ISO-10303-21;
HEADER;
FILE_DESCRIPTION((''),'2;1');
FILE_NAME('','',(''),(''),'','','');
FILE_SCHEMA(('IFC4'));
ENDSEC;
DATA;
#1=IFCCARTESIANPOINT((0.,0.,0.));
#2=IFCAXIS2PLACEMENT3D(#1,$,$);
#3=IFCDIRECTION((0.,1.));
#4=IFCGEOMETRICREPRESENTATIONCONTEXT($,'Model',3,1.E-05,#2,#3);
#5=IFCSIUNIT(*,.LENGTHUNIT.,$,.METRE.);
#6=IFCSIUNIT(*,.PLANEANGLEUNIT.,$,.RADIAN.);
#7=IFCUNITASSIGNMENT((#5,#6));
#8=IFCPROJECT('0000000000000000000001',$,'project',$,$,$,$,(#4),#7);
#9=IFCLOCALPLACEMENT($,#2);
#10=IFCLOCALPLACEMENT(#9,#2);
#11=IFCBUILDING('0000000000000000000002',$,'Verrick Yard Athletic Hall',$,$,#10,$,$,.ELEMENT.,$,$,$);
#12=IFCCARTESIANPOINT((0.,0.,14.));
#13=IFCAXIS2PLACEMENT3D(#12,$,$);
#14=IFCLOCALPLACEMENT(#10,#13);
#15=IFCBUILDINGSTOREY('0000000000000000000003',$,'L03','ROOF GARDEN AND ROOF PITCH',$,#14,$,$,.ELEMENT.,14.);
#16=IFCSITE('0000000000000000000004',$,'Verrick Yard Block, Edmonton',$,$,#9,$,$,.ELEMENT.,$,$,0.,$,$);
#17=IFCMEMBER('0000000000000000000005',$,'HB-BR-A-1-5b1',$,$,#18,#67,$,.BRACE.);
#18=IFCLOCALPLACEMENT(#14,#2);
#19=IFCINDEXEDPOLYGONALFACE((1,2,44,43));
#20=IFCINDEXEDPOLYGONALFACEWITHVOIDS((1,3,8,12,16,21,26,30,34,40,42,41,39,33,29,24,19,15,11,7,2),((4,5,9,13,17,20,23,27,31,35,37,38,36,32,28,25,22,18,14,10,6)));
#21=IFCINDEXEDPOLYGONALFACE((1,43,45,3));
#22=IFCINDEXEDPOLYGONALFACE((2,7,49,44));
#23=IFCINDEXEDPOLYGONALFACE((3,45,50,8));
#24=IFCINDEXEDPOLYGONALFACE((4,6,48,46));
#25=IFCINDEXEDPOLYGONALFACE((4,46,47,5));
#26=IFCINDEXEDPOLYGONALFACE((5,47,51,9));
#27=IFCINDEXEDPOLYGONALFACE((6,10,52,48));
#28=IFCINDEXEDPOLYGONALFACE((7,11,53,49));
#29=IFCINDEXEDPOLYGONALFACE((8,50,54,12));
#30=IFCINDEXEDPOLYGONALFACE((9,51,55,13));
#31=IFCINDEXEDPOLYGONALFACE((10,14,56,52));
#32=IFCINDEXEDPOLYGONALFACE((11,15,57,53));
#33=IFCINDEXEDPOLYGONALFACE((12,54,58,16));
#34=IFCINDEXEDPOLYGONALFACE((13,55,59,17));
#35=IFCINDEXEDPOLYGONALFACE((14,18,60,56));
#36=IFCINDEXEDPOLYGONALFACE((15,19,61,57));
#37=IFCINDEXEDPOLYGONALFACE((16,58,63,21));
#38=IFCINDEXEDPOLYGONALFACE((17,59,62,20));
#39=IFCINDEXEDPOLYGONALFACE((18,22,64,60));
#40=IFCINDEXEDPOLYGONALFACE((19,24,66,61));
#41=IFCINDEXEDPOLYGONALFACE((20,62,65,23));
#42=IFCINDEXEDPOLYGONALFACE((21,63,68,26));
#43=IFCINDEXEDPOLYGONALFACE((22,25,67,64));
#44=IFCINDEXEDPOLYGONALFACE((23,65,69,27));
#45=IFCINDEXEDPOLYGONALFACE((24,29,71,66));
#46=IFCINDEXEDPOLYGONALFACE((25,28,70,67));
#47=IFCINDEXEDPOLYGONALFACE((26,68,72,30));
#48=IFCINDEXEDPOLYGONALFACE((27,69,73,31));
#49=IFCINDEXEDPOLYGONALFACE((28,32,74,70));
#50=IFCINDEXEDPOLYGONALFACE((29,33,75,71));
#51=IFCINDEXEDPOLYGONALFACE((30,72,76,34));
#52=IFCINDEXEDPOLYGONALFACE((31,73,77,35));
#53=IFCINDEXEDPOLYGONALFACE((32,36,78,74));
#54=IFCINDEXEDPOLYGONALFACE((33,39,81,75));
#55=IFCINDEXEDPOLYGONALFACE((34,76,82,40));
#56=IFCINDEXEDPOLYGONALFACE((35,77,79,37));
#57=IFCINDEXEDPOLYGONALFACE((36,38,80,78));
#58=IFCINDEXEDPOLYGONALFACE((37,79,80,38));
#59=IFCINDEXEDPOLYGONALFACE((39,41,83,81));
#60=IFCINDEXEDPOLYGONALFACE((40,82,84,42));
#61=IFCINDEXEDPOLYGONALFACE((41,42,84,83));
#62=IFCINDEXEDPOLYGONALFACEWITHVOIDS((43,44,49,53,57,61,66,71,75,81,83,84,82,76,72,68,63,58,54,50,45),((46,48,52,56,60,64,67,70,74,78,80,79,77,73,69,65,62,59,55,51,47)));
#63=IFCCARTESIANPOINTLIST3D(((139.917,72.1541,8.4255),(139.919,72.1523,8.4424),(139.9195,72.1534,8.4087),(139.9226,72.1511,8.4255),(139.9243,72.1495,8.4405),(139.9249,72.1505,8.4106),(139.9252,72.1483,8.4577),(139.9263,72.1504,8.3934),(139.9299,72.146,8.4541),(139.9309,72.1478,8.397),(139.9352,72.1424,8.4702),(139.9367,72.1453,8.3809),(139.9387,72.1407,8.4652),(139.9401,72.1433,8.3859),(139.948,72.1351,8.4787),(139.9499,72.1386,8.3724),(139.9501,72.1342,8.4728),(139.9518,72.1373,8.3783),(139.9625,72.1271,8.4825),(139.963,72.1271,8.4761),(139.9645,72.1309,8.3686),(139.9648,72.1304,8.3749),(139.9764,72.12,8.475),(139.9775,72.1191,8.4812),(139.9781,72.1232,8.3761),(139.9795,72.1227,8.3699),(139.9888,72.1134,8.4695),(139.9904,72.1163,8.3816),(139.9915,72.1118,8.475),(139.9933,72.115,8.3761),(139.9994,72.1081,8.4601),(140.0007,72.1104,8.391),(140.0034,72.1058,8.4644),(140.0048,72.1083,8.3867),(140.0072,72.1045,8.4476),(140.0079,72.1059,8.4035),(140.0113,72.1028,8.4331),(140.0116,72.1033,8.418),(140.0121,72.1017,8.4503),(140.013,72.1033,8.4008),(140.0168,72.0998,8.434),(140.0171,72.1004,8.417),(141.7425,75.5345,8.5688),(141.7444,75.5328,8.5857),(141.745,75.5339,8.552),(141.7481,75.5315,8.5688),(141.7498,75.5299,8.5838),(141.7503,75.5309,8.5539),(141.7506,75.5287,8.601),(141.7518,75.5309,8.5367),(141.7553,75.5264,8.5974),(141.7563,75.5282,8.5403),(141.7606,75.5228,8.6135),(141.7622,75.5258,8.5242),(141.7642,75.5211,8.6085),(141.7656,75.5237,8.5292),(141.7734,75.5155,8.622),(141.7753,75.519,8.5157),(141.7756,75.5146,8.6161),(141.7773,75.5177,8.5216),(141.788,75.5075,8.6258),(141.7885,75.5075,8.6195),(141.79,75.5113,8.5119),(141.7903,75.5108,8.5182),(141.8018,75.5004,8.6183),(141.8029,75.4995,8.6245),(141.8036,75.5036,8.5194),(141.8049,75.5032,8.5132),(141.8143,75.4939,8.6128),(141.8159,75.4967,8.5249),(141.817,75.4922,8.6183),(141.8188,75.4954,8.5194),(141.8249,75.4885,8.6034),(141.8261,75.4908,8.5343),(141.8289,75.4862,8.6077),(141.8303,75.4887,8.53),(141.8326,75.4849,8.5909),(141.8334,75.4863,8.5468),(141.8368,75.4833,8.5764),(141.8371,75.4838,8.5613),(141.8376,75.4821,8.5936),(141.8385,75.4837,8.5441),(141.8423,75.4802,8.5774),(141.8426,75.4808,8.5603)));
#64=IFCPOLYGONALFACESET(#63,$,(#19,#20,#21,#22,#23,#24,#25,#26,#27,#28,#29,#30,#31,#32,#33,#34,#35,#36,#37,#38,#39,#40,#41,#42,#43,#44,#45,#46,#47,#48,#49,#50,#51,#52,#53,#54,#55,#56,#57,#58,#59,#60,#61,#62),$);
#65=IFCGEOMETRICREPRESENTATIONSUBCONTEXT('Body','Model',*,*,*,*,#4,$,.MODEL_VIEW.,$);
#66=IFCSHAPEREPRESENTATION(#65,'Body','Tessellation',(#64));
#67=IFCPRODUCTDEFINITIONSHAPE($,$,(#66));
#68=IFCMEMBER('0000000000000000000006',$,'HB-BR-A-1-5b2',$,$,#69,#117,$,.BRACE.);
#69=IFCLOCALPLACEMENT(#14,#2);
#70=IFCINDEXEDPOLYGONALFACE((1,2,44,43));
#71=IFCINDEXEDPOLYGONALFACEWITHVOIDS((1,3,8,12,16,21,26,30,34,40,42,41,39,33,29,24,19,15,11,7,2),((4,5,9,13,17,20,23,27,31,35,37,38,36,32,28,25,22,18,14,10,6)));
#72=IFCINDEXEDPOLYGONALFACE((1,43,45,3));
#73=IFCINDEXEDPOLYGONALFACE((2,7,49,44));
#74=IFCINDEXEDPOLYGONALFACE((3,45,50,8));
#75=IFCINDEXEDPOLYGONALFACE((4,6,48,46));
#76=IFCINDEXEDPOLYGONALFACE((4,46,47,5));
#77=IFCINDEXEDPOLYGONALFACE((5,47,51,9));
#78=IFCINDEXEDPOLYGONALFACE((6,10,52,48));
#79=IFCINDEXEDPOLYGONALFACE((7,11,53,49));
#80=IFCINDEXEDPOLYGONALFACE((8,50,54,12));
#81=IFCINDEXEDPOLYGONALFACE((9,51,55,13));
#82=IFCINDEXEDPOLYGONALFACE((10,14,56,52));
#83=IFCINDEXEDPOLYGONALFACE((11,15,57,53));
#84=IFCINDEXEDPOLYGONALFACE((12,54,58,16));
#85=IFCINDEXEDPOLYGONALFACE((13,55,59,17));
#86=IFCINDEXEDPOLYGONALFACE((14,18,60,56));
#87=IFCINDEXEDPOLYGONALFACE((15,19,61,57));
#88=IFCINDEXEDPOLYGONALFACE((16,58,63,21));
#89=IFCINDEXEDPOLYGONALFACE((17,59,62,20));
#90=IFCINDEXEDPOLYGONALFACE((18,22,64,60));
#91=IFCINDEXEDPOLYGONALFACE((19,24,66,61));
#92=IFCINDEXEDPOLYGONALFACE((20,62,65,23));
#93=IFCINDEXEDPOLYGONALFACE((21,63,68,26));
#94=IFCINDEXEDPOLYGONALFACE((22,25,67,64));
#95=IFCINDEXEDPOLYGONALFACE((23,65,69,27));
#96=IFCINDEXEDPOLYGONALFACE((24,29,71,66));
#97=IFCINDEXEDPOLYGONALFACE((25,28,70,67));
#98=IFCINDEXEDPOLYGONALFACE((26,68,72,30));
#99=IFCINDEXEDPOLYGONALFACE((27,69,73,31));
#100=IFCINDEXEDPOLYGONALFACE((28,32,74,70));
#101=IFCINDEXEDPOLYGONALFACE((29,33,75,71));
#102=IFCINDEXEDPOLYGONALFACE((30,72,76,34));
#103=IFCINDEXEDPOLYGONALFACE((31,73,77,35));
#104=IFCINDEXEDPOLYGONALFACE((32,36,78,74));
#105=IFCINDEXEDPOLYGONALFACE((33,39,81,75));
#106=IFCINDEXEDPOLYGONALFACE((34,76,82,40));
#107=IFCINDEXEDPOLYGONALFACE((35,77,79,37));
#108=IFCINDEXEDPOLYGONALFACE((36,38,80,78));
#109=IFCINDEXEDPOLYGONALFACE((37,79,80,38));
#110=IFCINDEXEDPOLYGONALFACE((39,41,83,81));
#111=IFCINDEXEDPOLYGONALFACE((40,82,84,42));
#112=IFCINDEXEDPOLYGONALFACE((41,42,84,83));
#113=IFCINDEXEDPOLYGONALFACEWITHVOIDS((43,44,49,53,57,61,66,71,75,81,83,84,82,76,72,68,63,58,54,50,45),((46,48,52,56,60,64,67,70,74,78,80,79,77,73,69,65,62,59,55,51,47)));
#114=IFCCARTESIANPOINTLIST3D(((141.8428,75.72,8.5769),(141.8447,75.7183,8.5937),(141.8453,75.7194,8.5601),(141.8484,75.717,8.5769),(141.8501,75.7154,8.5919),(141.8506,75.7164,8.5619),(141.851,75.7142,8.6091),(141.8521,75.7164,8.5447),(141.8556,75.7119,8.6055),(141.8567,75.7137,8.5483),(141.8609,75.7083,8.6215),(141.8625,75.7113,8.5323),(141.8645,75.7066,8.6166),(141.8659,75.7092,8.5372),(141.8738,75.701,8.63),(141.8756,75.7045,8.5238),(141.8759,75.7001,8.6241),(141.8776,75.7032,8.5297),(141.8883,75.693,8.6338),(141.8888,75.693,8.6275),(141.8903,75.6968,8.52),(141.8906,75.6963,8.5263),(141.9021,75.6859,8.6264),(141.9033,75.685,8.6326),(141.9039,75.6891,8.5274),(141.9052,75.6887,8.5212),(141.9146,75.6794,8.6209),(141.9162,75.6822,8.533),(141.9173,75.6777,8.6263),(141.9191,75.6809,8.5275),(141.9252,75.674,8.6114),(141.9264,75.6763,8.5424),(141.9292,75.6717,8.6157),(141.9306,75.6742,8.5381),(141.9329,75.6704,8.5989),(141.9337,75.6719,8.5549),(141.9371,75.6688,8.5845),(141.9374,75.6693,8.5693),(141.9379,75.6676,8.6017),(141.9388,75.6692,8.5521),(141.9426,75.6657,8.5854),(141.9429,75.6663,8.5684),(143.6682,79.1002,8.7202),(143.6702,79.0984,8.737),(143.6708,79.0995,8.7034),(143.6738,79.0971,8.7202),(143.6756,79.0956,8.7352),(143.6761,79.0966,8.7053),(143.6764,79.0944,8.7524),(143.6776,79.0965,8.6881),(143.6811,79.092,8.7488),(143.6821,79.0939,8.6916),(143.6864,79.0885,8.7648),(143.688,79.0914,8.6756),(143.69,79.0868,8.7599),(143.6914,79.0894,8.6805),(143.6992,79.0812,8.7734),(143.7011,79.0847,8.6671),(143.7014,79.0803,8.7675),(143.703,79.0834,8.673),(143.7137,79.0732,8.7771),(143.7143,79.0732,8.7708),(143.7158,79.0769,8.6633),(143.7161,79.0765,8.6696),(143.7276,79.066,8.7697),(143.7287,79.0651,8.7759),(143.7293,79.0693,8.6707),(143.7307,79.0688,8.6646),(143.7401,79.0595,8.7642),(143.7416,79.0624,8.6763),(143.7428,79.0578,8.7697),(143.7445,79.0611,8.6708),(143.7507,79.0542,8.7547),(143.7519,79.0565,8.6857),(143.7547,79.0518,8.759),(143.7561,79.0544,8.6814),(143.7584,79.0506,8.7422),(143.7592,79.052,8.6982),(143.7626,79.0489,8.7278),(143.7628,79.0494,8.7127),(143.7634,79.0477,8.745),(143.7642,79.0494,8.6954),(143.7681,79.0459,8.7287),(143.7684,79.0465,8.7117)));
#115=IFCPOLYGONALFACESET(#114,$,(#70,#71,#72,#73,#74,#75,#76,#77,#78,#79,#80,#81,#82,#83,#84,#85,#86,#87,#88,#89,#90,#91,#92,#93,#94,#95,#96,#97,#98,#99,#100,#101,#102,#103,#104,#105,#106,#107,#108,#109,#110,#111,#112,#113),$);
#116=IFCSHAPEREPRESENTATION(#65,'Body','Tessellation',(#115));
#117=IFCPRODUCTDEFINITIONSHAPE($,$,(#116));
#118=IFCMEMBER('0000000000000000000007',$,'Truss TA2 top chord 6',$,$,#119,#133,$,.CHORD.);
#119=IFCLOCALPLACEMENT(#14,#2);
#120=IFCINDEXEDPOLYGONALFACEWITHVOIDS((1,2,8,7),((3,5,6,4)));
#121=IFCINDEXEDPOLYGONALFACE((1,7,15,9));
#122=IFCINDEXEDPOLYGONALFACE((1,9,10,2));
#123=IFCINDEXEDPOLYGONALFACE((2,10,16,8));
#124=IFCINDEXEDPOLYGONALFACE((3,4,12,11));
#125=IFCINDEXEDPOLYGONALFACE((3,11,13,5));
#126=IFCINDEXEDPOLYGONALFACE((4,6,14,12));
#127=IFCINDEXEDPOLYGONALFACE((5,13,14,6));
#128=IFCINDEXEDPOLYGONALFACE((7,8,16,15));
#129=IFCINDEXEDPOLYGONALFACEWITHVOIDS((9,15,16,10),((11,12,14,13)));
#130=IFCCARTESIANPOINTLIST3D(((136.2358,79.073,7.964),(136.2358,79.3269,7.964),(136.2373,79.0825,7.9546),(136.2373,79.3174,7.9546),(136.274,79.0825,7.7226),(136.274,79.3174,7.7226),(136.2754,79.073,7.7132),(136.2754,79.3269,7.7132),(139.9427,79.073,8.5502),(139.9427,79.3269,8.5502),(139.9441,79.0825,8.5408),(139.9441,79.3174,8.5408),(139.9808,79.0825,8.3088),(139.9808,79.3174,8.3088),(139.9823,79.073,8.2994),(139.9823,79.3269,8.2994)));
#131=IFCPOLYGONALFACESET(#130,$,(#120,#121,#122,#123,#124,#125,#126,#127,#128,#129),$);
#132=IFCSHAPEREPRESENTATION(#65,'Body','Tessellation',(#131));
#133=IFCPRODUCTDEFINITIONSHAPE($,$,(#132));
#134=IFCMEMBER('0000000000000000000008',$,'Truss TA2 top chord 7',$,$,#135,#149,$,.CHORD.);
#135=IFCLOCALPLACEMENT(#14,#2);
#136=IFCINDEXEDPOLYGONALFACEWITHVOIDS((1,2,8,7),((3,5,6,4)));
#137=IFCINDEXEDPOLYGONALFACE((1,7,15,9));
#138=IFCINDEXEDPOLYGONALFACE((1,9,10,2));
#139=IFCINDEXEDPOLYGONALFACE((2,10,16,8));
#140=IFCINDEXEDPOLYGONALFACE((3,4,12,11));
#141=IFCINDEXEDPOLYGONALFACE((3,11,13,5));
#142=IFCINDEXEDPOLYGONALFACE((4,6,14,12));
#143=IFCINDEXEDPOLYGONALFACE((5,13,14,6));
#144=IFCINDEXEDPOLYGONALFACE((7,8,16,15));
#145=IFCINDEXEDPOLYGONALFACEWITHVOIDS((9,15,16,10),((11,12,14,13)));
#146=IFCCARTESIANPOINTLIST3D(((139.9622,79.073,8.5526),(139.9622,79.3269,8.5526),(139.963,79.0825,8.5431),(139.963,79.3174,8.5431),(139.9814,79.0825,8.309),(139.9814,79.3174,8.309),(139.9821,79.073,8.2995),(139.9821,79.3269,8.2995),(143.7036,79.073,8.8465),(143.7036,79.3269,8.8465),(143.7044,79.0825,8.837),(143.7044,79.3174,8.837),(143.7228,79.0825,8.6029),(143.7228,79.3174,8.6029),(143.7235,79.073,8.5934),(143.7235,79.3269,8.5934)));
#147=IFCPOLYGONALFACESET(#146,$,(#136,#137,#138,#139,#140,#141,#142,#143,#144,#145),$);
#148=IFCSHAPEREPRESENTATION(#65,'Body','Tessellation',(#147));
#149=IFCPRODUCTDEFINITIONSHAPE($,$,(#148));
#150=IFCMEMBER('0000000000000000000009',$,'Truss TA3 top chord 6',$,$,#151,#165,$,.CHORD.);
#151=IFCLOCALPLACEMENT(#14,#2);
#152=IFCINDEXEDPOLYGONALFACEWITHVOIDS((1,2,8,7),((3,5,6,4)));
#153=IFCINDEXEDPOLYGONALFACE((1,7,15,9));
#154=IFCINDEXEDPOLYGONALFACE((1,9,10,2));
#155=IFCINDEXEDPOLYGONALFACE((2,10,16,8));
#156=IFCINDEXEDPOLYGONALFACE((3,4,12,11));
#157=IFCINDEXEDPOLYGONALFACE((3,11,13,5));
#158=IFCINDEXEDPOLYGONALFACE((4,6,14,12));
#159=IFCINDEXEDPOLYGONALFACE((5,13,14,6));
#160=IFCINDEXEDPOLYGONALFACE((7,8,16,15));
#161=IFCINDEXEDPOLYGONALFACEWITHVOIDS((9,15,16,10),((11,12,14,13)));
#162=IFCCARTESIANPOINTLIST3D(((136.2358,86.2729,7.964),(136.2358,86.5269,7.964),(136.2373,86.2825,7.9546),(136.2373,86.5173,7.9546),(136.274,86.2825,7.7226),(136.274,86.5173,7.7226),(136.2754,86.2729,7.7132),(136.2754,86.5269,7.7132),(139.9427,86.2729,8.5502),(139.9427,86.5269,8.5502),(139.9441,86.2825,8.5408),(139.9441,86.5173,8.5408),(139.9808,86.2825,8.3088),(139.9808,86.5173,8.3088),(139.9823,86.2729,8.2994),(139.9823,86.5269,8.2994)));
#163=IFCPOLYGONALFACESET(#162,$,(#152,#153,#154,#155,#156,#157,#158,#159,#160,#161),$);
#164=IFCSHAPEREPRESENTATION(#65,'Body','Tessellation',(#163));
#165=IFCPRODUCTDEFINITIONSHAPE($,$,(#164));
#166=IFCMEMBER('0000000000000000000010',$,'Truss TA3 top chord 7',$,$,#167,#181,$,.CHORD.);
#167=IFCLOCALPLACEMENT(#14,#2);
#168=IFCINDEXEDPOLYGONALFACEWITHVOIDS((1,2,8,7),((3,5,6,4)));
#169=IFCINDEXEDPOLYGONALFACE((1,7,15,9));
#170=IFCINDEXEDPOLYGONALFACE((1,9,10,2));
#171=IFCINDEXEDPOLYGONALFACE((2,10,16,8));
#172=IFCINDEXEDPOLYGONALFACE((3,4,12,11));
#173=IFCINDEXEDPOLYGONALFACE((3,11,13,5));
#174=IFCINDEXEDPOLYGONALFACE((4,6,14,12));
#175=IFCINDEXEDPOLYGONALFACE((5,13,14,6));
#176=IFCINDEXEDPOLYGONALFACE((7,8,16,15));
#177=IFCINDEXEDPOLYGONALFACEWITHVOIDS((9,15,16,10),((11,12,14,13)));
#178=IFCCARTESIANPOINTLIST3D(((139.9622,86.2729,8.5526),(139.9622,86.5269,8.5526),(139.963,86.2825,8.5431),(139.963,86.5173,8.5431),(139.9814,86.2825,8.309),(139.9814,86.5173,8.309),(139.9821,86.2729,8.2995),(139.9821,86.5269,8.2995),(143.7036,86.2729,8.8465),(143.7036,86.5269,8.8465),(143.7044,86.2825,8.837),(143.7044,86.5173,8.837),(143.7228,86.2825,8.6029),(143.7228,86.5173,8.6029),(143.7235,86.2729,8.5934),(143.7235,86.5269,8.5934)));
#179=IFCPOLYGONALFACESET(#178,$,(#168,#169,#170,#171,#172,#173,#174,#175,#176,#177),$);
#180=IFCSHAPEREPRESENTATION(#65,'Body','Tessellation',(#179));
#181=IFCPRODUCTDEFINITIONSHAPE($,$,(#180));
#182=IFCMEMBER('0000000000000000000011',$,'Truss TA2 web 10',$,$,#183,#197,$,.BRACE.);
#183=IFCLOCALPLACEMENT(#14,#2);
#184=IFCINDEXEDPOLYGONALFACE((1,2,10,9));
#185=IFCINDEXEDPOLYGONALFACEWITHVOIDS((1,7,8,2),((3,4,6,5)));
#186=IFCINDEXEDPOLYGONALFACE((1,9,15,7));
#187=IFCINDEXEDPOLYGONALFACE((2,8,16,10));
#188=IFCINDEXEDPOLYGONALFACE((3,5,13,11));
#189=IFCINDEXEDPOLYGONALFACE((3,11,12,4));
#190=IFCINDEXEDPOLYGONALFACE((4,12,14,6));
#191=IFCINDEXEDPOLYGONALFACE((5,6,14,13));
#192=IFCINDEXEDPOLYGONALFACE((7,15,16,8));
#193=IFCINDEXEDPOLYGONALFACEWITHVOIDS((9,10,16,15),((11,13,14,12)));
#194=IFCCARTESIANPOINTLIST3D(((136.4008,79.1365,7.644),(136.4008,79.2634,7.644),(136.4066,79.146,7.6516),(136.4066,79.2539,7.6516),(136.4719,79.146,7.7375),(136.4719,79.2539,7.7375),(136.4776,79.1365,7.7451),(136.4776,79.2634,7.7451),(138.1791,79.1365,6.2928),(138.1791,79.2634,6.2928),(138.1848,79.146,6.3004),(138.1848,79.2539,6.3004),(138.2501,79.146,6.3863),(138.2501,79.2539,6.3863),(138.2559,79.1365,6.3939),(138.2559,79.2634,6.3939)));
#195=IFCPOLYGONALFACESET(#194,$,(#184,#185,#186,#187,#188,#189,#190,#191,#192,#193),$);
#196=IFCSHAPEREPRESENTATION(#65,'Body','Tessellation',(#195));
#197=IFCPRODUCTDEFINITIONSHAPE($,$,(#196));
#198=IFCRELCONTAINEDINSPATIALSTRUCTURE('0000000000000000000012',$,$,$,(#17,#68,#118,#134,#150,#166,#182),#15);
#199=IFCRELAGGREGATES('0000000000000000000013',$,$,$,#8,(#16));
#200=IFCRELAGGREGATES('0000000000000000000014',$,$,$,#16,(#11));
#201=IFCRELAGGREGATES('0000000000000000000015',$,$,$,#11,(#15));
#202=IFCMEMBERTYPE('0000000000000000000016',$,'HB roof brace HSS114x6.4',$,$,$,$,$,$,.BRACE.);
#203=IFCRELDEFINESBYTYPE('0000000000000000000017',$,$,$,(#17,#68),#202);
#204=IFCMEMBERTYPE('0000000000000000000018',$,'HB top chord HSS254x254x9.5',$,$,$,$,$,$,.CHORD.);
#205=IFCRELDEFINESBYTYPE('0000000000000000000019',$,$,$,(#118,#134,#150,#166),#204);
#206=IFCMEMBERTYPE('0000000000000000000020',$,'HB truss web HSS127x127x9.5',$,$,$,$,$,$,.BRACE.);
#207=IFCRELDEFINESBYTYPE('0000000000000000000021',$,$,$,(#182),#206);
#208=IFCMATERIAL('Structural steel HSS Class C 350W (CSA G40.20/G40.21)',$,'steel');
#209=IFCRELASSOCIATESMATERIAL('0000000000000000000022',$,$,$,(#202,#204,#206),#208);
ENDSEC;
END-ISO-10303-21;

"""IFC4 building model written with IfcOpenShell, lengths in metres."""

from ifc_helpers import new_model, si_unit, direction, frame, origin, origin_2d, place, context, subcontext, project, spatial, hollow_rectangle, hollow_circle, extrude, material, material_profile, profile_set, type_object, element, save


model = new_model("IFC4")

# Units and contexts
model_context = context("Model", 3, precision=1e-05, world=origin(), true_north=direction((0.0, 1.0)))
body_context = subcontext(model_context, "Body", "Model", "MODEL_VIEW")
ifc_project = project(units=[si_unit("LENGTHUNIT", "METRE"), si_unit("PLANEANGLEUNIT", "RADIAN")], contexts=[model_context])

# Site, building, storey
site_placement = place(None, origin())
site = spatial("IfcSite", under=ifc_project, at=site_placement, Name="Verrick Yard Block, Edmonton", CompositionType="ELEMENT", RefElevation=0.0)
building_placement = place(site_placement, origin())
building = spatial("IfcBuilding", under=site, at=building_placement, Name="Verrick Yard Athletic Hall", CompositionType="ELEMENT")
storey_placement = place(building_placement, frame((0.0, 0.0, 14.0)))
storey = spatial("IfcBuildingStorey", under=building, at=storey_placement, Name="L03", Description="ROOF GARDEN AND ROOF PITCH", CompositionType="ELEMENT", Elevation=14.0)

# Members
ifc_material_1 = material(Name="Structural steel HSS Class C 350W (CSA G40.20/G40.21)", Category="steel")
ifc_material_profile_1 = material_profile(ifc_material_1, hollow_circle(Radius=0.0571, WallThickness=0.0063, at=origin_2d()), Name="HSS114x6.4")
ifc_profile_set_1 = profile_set([ifc_material_profile_1], Name="Structural steel HSS Class C 350W (CSA G40.20/G40.21)")
member_type_1 = type_object("IfcMemberType", Name="HB roof brace HSS114x6.4", PredefinedType="BRACE", material=ifc_profile_set_1)
member_1_placement = place(storey_placement, frame((139.9673, 72.127, 8.4255), z_axis=(0.474827, 0.87929, 0.037277), x_axis=(-0.879901, 0.475157, 0.0)))
element("IfcMember", 1, at=member_1_placement, inside=storey, type_object=member_type_1, Name="HB-BR-A-1-5b1", PredefinedType="BRACE", context=body_context, shape_type="SweptSolid", body=[
    extrude(hollow_circle(Radius=0.0571, WallThickness=0.0063, at=origin_2d()), origin(), (0.0, 0.0, 1.0), 3.8445),
])
member_2_placement = place(storey_placement, frame((141.8931, 75.6929, 8.5769), z_axis=(0.474853, 0.879275, 0.037279), x_axis=(-0.879887, 0.475183, 0.0)))
element("IfcMember", 2, at=member_2_placement, inside=storey, type_object=member_type_1, Name="HB-BR-A-1-5b2", PredefinedType="BRACE", context=body_context, shape_type="SweptSolid", body=[
    extrude(hollow_circle(Radius=0.0571, WallThickness=0.0063, at=origin_2d()), origin(), (0.0, 0.0, 1.0), 3.8442),
])
ifc_material_profile_2 = material_profile(ifc_material_1, hollow_rectangle(XDim=0.2539, YDim=0.2539, WallThickness=0.0095, at=origin_2d()), Name="HSS254x254x9.5")
ifc_profile_set_2 = profile_set([ifc_material_profile_2], Name="Structural steel HSS Class C 350W (CSA G40.20/G40.21)")
member_type_2 = type_object("IfcMemberType", Name="HB top chord HSS254x254x9.5", PredefinedType="CHORD", material=ifc_profile_set_2)
for number, where, z_axis, x_axis, name in (
    (3, (136.2556, 79.2, 7.8386), (0.987726, 0.0, 0.156196), (0.0, 1.0, 0.0), "Truss TA2 top chord 6"),
    (4, (139.9722, 79.2, 8.426), (0.996928, 0.0, 0.078323), (0.0, 1.0, 0.0), "Truss TA2 top chord 7"),
    (5, (136.2556, 86.3999, 7.8386), (0.987726, 0.0, 0.156196), (0.0, 1.0, 0.0), "Truss TA3 top chord 6"),
    (6, (139.9722, 86.3999, 8.426), (0.996928, 0.0, 0.078323), (0.0, 1.0, 0.0), "Truss TA3 top chord 7"),
):
    element("IfcMember", number, at=place(storey_placement, frame(where, z_axis=z_axis, x_axis=x_axis)), inside=storey, type_object=member_type_2, Name=name, PredefinedType="CHORD", context=body_context, shape_type="SweptSolid", body=[
        extrude(hollow_rectangle(XDim=0.2539, YDim=0.2539, WallThickness=0.0095, at=origin_2d()), origin(), (0.0, 0.0, 1.0), 3.7529),
    ])
ifc_material_profile_3 = material_profile(ifc_material_1, hollow_rectangle(XDim=0.127, YDim=0.127, WallThickness=0.0095, at=origin_2d()), Name="HSS127x127x9.5")
ifc_profile_set_3 = profile_set([ifc_material_profile_3], Name="Structural steel HSS Class C 350W (CSA G40.20/G40.21)")
member_type_3 = type_object("IfcMemberType", Name="HB truss web HSS127x127x9.5", PredefinedType="BRACE", material=ifc_profile_set_3)
member_3_placement = place(storey_placement, frame((136.4392, 79.2, 7.6946), z_axis=(0.796206, 0.0, -0.605025), x_axis=(0.0, 1.0, 0.0)))
element("IfcMember", 7, at=member_3_placement, inside=storey, type_object=member_type_3, Name="Truss TA2 web 10", PredefinedType="BRACE", context=body_context, shape_type="SweptSolid", body=[
    extrude(hollow_rectangle(XDim=0.127, YDim=0.127, WallThickness=0.0095, at=origin_2d()), origin(), (0.0, 0.0, 1.0), 2.2334),
])

save(model, "model.ifc")
